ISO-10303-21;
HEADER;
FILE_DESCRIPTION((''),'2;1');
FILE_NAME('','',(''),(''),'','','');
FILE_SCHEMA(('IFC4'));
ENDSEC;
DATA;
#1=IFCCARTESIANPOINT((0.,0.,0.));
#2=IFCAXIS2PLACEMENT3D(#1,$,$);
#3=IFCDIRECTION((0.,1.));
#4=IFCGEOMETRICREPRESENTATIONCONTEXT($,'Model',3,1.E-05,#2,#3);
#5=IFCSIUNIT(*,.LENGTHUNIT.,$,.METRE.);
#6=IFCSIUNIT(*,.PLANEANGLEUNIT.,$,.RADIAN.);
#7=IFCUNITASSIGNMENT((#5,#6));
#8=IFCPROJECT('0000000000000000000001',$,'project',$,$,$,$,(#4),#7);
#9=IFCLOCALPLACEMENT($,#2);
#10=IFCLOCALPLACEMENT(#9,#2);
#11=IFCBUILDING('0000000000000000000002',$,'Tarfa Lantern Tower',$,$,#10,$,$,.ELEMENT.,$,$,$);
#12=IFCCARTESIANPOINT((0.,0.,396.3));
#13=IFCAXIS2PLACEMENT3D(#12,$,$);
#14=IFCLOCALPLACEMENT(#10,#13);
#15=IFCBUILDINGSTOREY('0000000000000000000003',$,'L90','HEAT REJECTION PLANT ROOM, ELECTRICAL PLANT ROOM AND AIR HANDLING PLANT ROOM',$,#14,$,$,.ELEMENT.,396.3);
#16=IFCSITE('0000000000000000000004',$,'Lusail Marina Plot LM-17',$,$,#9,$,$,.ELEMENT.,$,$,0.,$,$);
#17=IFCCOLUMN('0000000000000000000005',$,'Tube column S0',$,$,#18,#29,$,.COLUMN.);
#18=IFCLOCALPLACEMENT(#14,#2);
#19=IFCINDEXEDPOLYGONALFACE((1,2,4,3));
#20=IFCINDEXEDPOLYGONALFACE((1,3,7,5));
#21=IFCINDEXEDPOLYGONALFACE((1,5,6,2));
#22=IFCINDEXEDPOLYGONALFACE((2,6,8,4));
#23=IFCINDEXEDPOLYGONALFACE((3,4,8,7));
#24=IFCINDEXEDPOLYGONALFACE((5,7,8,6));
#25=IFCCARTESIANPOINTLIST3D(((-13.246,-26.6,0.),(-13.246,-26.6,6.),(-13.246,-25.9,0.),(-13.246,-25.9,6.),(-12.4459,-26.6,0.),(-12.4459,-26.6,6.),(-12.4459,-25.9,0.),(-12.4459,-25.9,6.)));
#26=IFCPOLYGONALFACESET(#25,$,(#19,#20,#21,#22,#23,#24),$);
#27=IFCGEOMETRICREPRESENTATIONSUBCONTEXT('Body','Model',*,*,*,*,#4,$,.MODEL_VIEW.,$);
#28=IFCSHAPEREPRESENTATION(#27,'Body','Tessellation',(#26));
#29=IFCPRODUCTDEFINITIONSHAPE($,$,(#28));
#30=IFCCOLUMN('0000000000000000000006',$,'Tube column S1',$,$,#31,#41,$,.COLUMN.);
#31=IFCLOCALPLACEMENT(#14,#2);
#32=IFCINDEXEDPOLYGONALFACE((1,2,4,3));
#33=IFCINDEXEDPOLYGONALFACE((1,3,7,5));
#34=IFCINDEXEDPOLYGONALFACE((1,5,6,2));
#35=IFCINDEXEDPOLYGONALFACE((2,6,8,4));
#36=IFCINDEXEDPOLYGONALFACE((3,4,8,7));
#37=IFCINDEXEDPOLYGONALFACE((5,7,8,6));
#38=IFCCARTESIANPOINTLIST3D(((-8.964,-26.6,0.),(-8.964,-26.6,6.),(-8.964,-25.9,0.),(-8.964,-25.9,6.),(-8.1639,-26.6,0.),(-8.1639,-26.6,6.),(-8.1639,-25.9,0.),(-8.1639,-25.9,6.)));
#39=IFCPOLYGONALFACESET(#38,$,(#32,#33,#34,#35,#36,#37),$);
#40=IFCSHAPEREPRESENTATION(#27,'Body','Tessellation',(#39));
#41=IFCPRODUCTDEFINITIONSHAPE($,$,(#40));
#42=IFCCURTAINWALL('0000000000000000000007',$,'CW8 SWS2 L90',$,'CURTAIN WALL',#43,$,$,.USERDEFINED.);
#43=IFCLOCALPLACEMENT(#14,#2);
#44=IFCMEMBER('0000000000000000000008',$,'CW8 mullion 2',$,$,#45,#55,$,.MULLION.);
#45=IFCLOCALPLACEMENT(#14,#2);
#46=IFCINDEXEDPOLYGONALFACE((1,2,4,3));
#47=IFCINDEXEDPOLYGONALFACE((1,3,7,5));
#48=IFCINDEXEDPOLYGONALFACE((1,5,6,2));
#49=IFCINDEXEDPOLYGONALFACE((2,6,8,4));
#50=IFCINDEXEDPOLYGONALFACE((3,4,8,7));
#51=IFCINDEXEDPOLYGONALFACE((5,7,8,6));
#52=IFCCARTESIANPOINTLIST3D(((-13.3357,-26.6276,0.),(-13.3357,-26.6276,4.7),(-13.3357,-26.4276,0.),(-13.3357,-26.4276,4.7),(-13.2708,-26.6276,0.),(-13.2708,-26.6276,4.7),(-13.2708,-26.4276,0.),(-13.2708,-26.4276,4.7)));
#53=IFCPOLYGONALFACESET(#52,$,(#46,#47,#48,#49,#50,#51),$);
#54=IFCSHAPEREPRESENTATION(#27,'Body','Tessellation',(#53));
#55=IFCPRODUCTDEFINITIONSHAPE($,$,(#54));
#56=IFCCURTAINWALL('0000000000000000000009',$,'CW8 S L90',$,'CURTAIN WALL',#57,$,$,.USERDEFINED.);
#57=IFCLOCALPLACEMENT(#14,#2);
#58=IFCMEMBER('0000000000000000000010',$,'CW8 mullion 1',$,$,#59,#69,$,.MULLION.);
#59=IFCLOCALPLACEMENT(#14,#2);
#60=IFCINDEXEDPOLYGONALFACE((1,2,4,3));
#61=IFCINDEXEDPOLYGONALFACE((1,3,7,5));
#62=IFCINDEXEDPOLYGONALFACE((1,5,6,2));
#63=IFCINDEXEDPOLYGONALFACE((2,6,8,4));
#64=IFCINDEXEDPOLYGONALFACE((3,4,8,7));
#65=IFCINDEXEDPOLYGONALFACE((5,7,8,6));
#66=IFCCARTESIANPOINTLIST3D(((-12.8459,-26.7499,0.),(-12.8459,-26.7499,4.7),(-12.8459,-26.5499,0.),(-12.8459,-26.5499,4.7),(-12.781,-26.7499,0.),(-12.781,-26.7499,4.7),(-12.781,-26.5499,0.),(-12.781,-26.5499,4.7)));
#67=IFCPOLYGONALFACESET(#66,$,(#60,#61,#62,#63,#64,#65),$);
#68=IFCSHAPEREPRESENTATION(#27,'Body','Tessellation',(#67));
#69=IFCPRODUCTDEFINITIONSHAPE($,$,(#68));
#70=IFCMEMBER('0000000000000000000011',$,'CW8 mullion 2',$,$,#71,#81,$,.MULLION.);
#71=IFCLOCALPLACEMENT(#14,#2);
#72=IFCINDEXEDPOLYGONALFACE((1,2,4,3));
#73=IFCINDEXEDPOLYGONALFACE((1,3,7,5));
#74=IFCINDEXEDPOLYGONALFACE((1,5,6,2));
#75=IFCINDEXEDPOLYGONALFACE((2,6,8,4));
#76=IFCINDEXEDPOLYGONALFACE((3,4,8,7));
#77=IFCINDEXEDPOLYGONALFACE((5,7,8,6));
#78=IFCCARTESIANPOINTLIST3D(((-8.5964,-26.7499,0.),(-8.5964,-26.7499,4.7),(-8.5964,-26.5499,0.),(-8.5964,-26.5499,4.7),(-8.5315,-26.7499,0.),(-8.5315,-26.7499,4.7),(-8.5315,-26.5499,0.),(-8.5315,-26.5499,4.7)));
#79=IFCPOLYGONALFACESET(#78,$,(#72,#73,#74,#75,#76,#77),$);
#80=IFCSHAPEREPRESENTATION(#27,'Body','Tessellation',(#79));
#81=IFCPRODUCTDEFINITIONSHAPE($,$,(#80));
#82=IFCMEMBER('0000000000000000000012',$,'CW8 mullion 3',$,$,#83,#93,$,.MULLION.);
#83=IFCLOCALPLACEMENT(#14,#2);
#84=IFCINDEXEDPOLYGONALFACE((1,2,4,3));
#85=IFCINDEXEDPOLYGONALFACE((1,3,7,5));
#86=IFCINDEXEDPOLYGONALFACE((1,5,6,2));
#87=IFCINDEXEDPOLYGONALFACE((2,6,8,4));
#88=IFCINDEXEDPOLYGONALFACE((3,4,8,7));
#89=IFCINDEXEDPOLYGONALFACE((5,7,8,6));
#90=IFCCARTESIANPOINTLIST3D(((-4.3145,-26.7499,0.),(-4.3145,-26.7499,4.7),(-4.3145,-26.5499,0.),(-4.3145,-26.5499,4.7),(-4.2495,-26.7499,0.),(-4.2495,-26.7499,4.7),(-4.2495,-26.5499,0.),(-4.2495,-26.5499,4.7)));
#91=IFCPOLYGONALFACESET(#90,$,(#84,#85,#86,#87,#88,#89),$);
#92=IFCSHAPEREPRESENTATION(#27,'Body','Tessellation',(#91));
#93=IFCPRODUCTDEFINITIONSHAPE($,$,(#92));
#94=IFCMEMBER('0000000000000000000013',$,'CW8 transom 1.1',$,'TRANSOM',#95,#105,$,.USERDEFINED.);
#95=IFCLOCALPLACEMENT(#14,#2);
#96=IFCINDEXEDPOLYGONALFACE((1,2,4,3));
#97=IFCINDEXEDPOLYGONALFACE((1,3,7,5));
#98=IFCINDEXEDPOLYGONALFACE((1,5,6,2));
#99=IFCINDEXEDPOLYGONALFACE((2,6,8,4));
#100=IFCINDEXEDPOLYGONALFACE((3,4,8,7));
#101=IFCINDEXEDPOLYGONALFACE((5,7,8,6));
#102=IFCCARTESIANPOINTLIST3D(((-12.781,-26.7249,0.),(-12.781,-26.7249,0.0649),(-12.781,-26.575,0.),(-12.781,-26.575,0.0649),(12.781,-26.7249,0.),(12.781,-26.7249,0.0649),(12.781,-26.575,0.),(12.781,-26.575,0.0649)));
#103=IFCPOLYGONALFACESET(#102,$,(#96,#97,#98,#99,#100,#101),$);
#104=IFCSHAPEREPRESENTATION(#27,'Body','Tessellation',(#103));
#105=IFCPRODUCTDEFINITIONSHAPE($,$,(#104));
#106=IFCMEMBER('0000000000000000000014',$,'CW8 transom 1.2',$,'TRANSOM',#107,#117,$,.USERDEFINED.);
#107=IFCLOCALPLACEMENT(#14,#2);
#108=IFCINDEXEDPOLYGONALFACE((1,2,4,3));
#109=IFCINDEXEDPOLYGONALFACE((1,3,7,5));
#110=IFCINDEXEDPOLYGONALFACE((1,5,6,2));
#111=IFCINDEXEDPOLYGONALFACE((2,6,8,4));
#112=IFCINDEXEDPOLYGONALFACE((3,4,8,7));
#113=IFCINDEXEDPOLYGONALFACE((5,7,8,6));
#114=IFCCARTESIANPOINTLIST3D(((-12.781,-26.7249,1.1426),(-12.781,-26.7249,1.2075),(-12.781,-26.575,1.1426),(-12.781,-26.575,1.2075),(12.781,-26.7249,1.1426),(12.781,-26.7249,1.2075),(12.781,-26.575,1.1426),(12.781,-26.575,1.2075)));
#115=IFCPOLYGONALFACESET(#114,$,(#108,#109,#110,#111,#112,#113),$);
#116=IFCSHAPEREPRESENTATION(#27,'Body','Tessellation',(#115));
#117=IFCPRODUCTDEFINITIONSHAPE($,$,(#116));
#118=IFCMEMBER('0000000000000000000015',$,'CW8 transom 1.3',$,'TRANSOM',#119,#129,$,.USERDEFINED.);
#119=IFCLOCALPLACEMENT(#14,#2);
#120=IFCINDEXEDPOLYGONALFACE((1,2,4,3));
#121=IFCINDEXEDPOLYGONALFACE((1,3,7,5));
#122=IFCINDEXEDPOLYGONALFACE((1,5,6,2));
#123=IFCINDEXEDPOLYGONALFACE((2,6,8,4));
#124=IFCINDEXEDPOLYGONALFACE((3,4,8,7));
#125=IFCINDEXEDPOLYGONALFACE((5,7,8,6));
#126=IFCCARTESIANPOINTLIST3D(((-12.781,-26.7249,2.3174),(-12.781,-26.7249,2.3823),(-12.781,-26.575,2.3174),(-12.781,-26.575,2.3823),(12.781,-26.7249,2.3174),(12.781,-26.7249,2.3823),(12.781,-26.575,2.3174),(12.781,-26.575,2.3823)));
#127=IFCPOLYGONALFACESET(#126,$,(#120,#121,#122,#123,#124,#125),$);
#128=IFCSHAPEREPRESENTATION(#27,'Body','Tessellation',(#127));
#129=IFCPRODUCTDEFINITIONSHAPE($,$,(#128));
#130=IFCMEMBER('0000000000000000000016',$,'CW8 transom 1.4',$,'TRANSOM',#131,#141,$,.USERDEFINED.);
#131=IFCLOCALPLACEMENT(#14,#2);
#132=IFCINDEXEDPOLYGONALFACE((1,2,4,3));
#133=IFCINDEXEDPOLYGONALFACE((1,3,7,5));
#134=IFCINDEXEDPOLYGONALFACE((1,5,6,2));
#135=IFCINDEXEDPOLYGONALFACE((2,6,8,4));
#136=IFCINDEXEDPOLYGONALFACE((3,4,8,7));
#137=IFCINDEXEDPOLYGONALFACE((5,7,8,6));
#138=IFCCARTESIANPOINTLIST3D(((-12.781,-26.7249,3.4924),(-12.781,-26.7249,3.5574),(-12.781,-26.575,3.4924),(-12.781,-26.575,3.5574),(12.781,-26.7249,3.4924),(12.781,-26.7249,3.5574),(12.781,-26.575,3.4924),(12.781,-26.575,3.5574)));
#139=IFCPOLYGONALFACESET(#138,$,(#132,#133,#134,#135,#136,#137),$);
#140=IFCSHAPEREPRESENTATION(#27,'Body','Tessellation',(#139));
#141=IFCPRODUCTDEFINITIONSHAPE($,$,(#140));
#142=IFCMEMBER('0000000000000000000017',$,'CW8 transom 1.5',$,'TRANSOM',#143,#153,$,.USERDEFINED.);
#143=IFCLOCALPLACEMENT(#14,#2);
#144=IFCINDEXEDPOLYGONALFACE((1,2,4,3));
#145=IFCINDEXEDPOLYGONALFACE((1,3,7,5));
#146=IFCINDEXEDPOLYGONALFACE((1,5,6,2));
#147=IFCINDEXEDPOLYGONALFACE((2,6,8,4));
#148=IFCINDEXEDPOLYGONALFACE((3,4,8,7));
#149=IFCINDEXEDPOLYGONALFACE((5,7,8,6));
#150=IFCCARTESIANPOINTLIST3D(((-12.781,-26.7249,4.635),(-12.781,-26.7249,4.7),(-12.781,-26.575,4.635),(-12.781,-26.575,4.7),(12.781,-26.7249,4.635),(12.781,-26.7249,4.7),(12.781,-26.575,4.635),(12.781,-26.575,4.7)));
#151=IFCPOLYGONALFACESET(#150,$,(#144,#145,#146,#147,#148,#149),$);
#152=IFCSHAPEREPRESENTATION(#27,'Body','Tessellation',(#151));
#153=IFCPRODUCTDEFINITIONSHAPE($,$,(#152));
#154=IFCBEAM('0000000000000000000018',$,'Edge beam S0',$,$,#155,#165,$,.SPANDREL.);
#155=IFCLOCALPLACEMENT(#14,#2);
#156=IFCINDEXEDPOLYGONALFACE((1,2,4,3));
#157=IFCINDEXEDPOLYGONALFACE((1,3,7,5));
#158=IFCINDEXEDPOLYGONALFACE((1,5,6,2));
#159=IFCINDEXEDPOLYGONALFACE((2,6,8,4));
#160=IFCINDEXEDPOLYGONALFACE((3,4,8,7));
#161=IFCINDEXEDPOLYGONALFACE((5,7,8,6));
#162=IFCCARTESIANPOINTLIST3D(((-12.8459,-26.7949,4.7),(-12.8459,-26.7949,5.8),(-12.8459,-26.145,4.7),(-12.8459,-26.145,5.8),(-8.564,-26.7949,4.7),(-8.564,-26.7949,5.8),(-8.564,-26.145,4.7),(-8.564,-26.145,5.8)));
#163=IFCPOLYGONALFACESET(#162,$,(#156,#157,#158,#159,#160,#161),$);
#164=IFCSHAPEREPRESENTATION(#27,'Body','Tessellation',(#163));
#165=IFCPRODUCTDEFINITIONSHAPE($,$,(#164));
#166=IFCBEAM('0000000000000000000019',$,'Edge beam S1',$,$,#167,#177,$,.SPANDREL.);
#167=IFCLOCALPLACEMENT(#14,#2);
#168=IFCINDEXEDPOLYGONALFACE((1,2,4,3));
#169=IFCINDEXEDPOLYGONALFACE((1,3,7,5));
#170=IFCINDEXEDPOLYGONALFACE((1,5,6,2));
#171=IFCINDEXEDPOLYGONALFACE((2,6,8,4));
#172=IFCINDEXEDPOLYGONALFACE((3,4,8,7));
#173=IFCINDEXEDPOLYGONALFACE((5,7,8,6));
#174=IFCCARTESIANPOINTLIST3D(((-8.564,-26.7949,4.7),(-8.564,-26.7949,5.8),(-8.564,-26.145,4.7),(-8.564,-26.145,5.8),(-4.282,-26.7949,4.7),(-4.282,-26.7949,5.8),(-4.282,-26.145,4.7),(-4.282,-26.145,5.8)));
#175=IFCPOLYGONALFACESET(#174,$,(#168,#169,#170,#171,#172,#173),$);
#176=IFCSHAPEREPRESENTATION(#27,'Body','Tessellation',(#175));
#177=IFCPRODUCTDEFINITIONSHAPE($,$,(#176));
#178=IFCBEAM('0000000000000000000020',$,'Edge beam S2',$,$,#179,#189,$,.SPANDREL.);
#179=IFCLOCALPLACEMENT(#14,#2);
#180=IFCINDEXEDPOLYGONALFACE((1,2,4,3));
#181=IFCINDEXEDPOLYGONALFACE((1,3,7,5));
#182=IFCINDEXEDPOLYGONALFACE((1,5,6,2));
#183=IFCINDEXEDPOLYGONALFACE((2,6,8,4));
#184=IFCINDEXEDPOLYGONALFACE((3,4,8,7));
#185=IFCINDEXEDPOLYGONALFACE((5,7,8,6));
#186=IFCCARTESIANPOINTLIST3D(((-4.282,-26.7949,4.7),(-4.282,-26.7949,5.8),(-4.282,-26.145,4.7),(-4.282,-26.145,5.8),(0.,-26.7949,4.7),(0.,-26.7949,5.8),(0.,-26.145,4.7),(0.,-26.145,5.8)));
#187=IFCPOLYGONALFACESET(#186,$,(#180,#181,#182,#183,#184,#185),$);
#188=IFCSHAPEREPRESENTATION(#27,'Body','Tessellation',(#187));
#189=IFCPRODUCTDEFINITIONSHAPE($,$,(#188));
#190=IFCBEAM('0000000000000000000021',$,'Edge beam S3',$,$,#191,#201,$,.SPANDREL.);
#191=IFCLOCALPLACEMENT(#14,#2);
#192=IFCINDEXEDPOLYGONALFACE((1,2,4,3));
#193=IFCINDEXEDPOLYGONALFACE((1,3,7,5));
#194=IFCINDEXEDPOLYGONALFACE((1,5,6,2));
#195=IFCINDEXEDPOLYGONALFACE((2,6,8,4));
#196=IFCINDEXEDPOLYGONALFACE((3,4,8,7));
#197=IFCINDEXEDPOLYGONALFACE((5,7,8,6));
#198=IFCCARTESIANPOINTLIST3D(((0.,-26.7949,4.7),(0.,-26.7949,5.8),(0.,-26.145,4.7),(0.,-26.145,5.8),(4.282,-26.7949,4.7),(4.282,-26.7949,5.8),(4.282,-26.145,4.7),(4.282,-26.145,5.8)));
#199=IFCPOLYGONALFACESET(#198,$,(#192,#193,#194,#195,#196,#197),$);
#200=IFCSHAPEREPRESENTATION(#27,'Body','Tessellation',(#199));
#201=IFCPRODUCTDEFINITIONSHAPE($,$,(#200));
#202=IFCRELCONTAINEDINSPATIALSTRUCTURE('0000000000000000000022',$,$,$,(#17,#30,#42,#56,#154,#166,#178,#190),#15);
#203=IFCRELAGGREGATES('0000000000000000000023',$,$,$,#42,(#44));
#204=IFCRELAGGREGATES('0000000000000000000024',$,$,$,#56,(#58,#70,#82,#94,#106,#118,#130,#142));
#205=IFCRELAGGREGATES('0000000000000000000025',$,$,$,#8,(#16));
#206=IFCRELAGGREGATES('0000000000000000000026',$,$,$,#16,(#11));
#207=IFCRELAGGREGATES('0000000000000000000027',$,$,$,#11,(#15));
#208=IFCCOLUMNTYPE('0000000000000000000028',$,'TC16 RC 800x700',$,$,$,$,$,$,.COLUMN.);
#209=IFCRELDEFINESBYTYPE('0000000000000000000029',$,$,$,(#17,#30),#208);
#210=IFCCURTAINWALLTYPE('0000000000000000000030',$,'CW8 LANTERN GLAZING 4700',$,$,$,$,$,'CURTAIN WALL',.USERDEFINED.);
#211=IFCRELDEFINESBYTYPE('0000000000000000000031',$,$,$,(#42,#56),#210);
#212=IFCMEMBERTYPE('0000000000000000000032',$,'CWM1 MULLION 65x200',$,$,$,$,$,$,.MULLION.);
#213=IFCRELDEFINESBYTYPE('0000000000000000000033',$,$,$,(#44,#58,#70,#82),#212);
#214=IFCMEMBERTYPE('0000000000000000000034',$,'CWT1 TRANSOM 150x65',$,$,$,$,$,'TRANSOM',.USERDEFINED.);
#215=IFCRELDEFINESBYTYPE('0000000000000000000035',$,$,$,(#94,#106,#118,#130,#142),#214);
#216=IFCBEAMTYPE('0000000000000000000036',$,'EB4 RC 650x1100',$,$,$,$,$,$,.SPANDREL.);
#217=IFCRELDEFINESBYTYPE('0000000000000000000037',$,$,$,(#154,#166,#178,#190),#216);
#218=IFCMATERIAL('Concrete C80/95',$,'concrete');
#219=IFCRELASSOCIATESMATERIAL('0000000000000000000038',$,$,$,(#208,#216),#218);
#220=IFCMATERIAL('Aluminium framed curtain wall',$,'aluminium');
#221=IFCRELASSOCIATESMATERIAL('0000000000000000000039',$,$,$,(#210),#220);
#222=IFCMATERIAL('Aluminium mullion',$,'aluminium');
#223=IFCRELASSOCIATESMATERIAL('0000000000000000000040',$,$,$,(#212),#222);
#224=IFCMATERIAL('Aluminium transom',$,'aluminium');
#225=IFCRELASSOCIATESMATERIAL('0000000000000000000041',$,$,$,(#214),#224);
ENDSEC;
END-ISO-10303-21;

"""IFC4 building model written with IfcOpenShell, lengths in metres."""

from ifc_helpers import new_model, si_unit, direction, frame, origin, origin_2d, place, context, subcontext, project, spatial, rectangle, extrude, material, material_profile, profile_set, type_object, element, aggregate, save


model = new_model("IFC4")

# Units and contexts
model_context = context("Model", 3, precision=1e-05, world=origin(), true_north=direction((0.0, 1.0)))
body_context = subcontext(model_context, "Body", "Model", "MODEL_VIEW")
ifc_project = project(units=[si_unit("LENGTHUNIT", "METRE"), si_unit("PLANEANGLEUNIT", "RADIAN")], contexts=[model_context])

# Site, building, storey
site_placement = place(None, origin())
site = spatial("IfcSite", under=ifc_project, at=site_placement, Name="Lusail Marina Plot LM-17", CompositionType="ELEMENT", RefElevation=0.0)
building_placement = place(site_placement, origin())
building = spatial("IfcBuilding", under=site, at=building_placement, Name="Tarfa Lantern Tower", CompositionType="ELEMENT")
storey_placement = place(building_placement, frame((0.0, 0.0, 396.3)))
storey = spatial("IfcBuildingStorey", under=building, at=storey_placement, Name="L90", Description="HEAT REJECTION PLANT ROOM, ELECTRICAL PLANT ROOM AND AIR HANDLING PLANT ROOM", CompositionType="ELEMENT", Elevation=396.3)

# Columns
ifc_material_1 = material(Name="Concrete C80/95", Category="concrete")
ifc_material_profile_1 = material_profile(ifc_material_1, rectangle(XDim=0.8, YDim=0.7, at=origin_2d()), Name="RC 800x700")
ifc_profile_set_1 = profile_set([ifc_material_profile_1], Name="Concrete C80/95")
column_type = type_object("IfcColumnType", Name="TC16 RC 800x700", PredefinedType="COLUMN", material=ifc_profile_set_1)
for number, where, z_axis, x_axis, name in (
    (1, (-12.8459, -26.25, 0.0), (0.0, 0.0, 1.0), (1.0, 0.0, 0.0), "Tube column S0"),
    (2, (-8.564, -26.25, 0.0), (0.0, 0.0, 1.0), (1.0, 0.0, 0.0), "Tube column S1"),
):
    element("IfcColumn", number, at=place(storey_placement, frame(where, z_axis=z_axis, x_axis=x_axis)), inside=storey, type_object=column_type, Name=name, PredefinedType="COLUMN", context=body_context, shape_type="SweptSolid", body=[
        extrude(rectangle(XDim=0.8, YDim=0.7, at=origin_2d()), origin(), (0.0, 0.0, 1.0), 6.0),
    ])

# Curtain wall, member
ifc_material_2 = material(Name="Aluminium framed curtain wall", Category="aluminium")
curtain_wall_type = type_object("IfcCurtainWallType", Name="CW8 LANTERN GLAZING 4700", ElementType="CURTAIN WALL", PredefinedType="USERDEFINED", material=ifc_material_2)
curtain_wall_1_placement = place(storey_placement, origin())
curtain_wall_1 = element("IfcCurtainWall", 3, at=curtain_wall_1_placement, inside=storey, type_object=curtain_wall_type, Name="CW8 SWS2 L90", ObjectType="CURTAIN WALL", PredefinedType="USERDEFINED")
ifc_material_3 = material(Name="Aluminium mullion", Category="aluminium")
ifc_material_profile_2 = material_profile(ifc_material_3, rectangle(XDim=0.0649, YDim=0.2, at=origin_2d()), Name="AL MULLION 65x200")
ifc_profile_set_2 = profile_set([ifc_material_profile_2], Name="Aluminium mullion")
member_type_1 = type_object("IfcMemberType", Name="CWM1 MULLION 65x200", PredefinedType="MULLION", material=ifc_profile_set_2)
member_1_placement = place(storey_placement, frame((-13.3032, -26.5276, 0.0), z_axis=(0.0, 0.0, 1.0), x_axis=(1.0, 0.0, 0.0)))
member_1 = element("IfcMember", 4, at=member_1_placement, type_object=member_type_1, Name="CW8 mullion 2", PredefinedType="MULLION", context=body_context, shape_type="SweptSolid", body=[
    extrude(rectangle(XDim=0.0649, YDim=0.2, at=origin_2d()), origin(), (0.0, 0.0, 1.0), 4.7),
])

# Curtain wall, members
curtain_wall_2_placement = place(storey_placement, origin())
curtain_wall_2 = element("IfcCurtainWall", 5, at=curtain_wall_2_placement, inside=storey, type_object=curtain_wall_type, Name="CW8 S L90", ObjectType="CURTAIN WALL", PredefinedType="USERDEFINED")
member_2_placement = place(storey_placement, frame((-12.8135, -26.6499, 0.0), z_axis=(0.0, 0.0, 1.0), x_axis=(1.0, 0.0, 0.0)))
member_2 = element("IfcMember", 6, at=member_2_placement, type_object=member_type_1, Name="CW8 mullion 1", PredefinedType="MULLION", context=body_context, shape_type="SweptSolid", body=[
    extrude(rectangle(XDim=0.0649, YDim=0.2, at=origin_2d()), origin(), (0.0, 0.0, 1.0), 4.7),
])
member_3_placement = place(storey_placement, frame((-8.564, -26.6499, 0.0), z_axis=(0.0, 0.0, 1.0), x_axis=(1.0, 0.0, 0.0)))
member_3 = element("IfcMember", 7, at=member_3_placement, type_object=member_type_1, Name="CW8 mullion 2", PredefinedType="MULLION", context=body_context, shape_type="SweptSolid", body=[
    extrude(rectangle(XDim=0.0649, YDim=0.2, at=origin_2d()), origin(), (0.0, 0.0, 1.0), 4.7),
])
member_4_placement = place(storey_placement, frame((-4.282, -26.6499, 0.0), z_axis=(0.0, 0.0, 1.0), x_axis=(1.0, 0.0, 0.0)))
member_4 = element("IfcMember", 8, at=member_4_placement, type_object=member_type_1, Name="CW8 mullion 3", PredefinedType="MULLION", context=body_context, shape_type="SweptSolid", body=[
    extrude(rectangle(XDim=0.0649, YDim=0.2, at=origin_2d()), origin(), (0.0, 0.0, 1.0), 4.7),
])
ifc_material_4 = material(Name="Aluminium transom", Category="aluminium")
ifc_material_profile_3 = material_profile(ifc_material_4, rectangle(XDim=0.1499, YDim=0.0649, at=origin_2d()), Name="AL TRANSOM 150x65")
ifc_profile_set_3 = profile_set([ifc_material_profile_3], Name="Aluminium transom")
member_type_2 = type_object("IfcMemberType", Name="CWT1 TRANSOM 150x65", ElementType="TRANSOM", PredefinedType="USERDEFINED", material=ifc_profile_set_3)
member_5_placement = place(storey_placement, frame((-12.781, -26.6499, 0.0325), z_axis=(1.0, 0.0, 0.0), x_axis=(0.0, 1.0, 0.0)))
member_5 = element("IfcMember", 9, at=member_5_placement, type_object=member_type_2, Name="CW8 transom 1.1", ObjectType="TRANSOM", PredefinedType="USERDEFINED", context=body_context, shape_type="SweptSolid", body=[
    extrude(rectangle(XDim=0.1499, YDim=0.0649, at=origin_2d()), origin(), (0.0, 0.0, 1.0), 25.562),
])
member_6_placement = place(storey_placement, frame((-12.781, -26.6499, 1.175), z_axis=(1.0, 0.0, 0.0), x_axis=(0.0, 1.0, 0.0)))
member_6 = element("IfcMember", 10, at=member_6_placement, type_object=member_type_2, Name="CW8 transom 1.2", ObjectType="TRANSOM", PredefinedType="USERDEFINED", context=body_context, shape_type="SweptSolid", body=[
    extrude(rectangle(XDim=0.1499, YDim=0.0649, at=origin_2d()), origin(), (0.0, 0.0, 1.0), 25.562),
])
member_7_placement = place(storey_placement, frame((-12.781, -26.6499, 2.3499), z_axis=(1.0, 0.0, 0.0), x_axis=(0.0, 1.0, 0.0)))
member_7 = element("IfcMember", 11, at=member_7_placement, type_object=member_type_2, Name="CW8 transom 1.3", ObjectType="TRANSOM", PredefinedType="USERDEFINED", context=body_context, shape_type="SweptSolid", body=[
    extrude(rectangle(XDim=0.1499, YDim=0.0649, at=origin_2d()), origin(), (0.0, 0.0, 1.0), 25.562),
])
member_8_placement = place(storey_placement, frame((-12.781, -26.6499, 3.5249), z_axis=(1.0, 0.0, 0.0), x_axis=(0.0, 1.0, 0.0)))
member_8 = element("IfcMember", 12, at=member_8_placement, type_object=member_type_2, Name="CW8 transom 1.4", ObjectType="TRANSOM", PredefinedType="USERDEFINED", context=body_context, shape_type="SweptSolid", body=[
    extrude(rectangle(XDim=0.1499, YDim=0.0649, at=origin_2d()), origin(), (0.0, 0.0, 1.0), 25.562),
])
member_9_placement = place(storey_placement, frame((-12.781, -26.6499, 4.6675), z_axis=(1.0, 0.0, 0.0), x_axis=(0.0, 1.0, 0.0)))
member_9 = element("IfcMember", 13, at=member_9_placement, type_object=member_type_2, Name="CW8 transom 1.5", ObjectType="TRANSOM", PredefinedType="USERDEFINED", context=body_context, shape_type="SweptSolid", body=[
    extrude(rectangle(XDim=0.1499, YDim=0.0649, at=origin_2d()), origin(), (0.0, 0.0, 1.0), 25.562),
])

# Beams
ifc_material_profile_4 = material_profile(ifc_material_1, rectangle(XDim=0.6499, YDim=1.1001, at=origin_2d()), Name="RC 650x1100")
ifc_profile_set_4 = profile_set([ifc_material_profile_4], Name="Concrete C80/95")
beam_type_1 = type_object("IfcBeamType", Name="EB4 RC 650x1100", PredefinedType="SPANDREL", material=ifc_profile_set_4)
for number, where, z_axis, x_axis, name in (
    (14, (-12.8459, -26.47, 5.25), (1.0, 0.0, 0.0), (0.0, 1.0, 0.0), "Edge beam S0"),
    (15, (-8.564, -26.47, 5.25), (1.0, 0.0, 0.0), (0.0, 1.0, 0.0), "Edge beam S1"),
    (16, (-4.282, -26.47, 5.25), (1.0, 0.0, 0.0), (0.0, 1.0, 0.0), "Edge beam S2"),
    (17, (0.0, -26.47, 5.25), (1.0, 0.0, 0.0), (0.0, 1.0, 0.0), "Edge beam S3"),
):
    element("IfcBeam", number, at=place(storey_placement, frame(where, z_axis=z_axis, x_axis=x_axis)), inside=storey, type_object=beam_type_1, Name=name, PredefinedType="SPANDREL", context=body_context, shape_type="SweptSolid", body=[
        extrude(rectangle(XDim=0.6499, YDim=1.1001, at=origin_2d()), origin(), (0.0, 0.0, 1.0), 4.282),
    ])

aggregate(curtain_wall_1, [member_1])
aggregate(curtain_wall_2, [member_2, member_3, member_4, member_5, member_6, member_7, member_8, member_9])

save(model, "model.ifc")
